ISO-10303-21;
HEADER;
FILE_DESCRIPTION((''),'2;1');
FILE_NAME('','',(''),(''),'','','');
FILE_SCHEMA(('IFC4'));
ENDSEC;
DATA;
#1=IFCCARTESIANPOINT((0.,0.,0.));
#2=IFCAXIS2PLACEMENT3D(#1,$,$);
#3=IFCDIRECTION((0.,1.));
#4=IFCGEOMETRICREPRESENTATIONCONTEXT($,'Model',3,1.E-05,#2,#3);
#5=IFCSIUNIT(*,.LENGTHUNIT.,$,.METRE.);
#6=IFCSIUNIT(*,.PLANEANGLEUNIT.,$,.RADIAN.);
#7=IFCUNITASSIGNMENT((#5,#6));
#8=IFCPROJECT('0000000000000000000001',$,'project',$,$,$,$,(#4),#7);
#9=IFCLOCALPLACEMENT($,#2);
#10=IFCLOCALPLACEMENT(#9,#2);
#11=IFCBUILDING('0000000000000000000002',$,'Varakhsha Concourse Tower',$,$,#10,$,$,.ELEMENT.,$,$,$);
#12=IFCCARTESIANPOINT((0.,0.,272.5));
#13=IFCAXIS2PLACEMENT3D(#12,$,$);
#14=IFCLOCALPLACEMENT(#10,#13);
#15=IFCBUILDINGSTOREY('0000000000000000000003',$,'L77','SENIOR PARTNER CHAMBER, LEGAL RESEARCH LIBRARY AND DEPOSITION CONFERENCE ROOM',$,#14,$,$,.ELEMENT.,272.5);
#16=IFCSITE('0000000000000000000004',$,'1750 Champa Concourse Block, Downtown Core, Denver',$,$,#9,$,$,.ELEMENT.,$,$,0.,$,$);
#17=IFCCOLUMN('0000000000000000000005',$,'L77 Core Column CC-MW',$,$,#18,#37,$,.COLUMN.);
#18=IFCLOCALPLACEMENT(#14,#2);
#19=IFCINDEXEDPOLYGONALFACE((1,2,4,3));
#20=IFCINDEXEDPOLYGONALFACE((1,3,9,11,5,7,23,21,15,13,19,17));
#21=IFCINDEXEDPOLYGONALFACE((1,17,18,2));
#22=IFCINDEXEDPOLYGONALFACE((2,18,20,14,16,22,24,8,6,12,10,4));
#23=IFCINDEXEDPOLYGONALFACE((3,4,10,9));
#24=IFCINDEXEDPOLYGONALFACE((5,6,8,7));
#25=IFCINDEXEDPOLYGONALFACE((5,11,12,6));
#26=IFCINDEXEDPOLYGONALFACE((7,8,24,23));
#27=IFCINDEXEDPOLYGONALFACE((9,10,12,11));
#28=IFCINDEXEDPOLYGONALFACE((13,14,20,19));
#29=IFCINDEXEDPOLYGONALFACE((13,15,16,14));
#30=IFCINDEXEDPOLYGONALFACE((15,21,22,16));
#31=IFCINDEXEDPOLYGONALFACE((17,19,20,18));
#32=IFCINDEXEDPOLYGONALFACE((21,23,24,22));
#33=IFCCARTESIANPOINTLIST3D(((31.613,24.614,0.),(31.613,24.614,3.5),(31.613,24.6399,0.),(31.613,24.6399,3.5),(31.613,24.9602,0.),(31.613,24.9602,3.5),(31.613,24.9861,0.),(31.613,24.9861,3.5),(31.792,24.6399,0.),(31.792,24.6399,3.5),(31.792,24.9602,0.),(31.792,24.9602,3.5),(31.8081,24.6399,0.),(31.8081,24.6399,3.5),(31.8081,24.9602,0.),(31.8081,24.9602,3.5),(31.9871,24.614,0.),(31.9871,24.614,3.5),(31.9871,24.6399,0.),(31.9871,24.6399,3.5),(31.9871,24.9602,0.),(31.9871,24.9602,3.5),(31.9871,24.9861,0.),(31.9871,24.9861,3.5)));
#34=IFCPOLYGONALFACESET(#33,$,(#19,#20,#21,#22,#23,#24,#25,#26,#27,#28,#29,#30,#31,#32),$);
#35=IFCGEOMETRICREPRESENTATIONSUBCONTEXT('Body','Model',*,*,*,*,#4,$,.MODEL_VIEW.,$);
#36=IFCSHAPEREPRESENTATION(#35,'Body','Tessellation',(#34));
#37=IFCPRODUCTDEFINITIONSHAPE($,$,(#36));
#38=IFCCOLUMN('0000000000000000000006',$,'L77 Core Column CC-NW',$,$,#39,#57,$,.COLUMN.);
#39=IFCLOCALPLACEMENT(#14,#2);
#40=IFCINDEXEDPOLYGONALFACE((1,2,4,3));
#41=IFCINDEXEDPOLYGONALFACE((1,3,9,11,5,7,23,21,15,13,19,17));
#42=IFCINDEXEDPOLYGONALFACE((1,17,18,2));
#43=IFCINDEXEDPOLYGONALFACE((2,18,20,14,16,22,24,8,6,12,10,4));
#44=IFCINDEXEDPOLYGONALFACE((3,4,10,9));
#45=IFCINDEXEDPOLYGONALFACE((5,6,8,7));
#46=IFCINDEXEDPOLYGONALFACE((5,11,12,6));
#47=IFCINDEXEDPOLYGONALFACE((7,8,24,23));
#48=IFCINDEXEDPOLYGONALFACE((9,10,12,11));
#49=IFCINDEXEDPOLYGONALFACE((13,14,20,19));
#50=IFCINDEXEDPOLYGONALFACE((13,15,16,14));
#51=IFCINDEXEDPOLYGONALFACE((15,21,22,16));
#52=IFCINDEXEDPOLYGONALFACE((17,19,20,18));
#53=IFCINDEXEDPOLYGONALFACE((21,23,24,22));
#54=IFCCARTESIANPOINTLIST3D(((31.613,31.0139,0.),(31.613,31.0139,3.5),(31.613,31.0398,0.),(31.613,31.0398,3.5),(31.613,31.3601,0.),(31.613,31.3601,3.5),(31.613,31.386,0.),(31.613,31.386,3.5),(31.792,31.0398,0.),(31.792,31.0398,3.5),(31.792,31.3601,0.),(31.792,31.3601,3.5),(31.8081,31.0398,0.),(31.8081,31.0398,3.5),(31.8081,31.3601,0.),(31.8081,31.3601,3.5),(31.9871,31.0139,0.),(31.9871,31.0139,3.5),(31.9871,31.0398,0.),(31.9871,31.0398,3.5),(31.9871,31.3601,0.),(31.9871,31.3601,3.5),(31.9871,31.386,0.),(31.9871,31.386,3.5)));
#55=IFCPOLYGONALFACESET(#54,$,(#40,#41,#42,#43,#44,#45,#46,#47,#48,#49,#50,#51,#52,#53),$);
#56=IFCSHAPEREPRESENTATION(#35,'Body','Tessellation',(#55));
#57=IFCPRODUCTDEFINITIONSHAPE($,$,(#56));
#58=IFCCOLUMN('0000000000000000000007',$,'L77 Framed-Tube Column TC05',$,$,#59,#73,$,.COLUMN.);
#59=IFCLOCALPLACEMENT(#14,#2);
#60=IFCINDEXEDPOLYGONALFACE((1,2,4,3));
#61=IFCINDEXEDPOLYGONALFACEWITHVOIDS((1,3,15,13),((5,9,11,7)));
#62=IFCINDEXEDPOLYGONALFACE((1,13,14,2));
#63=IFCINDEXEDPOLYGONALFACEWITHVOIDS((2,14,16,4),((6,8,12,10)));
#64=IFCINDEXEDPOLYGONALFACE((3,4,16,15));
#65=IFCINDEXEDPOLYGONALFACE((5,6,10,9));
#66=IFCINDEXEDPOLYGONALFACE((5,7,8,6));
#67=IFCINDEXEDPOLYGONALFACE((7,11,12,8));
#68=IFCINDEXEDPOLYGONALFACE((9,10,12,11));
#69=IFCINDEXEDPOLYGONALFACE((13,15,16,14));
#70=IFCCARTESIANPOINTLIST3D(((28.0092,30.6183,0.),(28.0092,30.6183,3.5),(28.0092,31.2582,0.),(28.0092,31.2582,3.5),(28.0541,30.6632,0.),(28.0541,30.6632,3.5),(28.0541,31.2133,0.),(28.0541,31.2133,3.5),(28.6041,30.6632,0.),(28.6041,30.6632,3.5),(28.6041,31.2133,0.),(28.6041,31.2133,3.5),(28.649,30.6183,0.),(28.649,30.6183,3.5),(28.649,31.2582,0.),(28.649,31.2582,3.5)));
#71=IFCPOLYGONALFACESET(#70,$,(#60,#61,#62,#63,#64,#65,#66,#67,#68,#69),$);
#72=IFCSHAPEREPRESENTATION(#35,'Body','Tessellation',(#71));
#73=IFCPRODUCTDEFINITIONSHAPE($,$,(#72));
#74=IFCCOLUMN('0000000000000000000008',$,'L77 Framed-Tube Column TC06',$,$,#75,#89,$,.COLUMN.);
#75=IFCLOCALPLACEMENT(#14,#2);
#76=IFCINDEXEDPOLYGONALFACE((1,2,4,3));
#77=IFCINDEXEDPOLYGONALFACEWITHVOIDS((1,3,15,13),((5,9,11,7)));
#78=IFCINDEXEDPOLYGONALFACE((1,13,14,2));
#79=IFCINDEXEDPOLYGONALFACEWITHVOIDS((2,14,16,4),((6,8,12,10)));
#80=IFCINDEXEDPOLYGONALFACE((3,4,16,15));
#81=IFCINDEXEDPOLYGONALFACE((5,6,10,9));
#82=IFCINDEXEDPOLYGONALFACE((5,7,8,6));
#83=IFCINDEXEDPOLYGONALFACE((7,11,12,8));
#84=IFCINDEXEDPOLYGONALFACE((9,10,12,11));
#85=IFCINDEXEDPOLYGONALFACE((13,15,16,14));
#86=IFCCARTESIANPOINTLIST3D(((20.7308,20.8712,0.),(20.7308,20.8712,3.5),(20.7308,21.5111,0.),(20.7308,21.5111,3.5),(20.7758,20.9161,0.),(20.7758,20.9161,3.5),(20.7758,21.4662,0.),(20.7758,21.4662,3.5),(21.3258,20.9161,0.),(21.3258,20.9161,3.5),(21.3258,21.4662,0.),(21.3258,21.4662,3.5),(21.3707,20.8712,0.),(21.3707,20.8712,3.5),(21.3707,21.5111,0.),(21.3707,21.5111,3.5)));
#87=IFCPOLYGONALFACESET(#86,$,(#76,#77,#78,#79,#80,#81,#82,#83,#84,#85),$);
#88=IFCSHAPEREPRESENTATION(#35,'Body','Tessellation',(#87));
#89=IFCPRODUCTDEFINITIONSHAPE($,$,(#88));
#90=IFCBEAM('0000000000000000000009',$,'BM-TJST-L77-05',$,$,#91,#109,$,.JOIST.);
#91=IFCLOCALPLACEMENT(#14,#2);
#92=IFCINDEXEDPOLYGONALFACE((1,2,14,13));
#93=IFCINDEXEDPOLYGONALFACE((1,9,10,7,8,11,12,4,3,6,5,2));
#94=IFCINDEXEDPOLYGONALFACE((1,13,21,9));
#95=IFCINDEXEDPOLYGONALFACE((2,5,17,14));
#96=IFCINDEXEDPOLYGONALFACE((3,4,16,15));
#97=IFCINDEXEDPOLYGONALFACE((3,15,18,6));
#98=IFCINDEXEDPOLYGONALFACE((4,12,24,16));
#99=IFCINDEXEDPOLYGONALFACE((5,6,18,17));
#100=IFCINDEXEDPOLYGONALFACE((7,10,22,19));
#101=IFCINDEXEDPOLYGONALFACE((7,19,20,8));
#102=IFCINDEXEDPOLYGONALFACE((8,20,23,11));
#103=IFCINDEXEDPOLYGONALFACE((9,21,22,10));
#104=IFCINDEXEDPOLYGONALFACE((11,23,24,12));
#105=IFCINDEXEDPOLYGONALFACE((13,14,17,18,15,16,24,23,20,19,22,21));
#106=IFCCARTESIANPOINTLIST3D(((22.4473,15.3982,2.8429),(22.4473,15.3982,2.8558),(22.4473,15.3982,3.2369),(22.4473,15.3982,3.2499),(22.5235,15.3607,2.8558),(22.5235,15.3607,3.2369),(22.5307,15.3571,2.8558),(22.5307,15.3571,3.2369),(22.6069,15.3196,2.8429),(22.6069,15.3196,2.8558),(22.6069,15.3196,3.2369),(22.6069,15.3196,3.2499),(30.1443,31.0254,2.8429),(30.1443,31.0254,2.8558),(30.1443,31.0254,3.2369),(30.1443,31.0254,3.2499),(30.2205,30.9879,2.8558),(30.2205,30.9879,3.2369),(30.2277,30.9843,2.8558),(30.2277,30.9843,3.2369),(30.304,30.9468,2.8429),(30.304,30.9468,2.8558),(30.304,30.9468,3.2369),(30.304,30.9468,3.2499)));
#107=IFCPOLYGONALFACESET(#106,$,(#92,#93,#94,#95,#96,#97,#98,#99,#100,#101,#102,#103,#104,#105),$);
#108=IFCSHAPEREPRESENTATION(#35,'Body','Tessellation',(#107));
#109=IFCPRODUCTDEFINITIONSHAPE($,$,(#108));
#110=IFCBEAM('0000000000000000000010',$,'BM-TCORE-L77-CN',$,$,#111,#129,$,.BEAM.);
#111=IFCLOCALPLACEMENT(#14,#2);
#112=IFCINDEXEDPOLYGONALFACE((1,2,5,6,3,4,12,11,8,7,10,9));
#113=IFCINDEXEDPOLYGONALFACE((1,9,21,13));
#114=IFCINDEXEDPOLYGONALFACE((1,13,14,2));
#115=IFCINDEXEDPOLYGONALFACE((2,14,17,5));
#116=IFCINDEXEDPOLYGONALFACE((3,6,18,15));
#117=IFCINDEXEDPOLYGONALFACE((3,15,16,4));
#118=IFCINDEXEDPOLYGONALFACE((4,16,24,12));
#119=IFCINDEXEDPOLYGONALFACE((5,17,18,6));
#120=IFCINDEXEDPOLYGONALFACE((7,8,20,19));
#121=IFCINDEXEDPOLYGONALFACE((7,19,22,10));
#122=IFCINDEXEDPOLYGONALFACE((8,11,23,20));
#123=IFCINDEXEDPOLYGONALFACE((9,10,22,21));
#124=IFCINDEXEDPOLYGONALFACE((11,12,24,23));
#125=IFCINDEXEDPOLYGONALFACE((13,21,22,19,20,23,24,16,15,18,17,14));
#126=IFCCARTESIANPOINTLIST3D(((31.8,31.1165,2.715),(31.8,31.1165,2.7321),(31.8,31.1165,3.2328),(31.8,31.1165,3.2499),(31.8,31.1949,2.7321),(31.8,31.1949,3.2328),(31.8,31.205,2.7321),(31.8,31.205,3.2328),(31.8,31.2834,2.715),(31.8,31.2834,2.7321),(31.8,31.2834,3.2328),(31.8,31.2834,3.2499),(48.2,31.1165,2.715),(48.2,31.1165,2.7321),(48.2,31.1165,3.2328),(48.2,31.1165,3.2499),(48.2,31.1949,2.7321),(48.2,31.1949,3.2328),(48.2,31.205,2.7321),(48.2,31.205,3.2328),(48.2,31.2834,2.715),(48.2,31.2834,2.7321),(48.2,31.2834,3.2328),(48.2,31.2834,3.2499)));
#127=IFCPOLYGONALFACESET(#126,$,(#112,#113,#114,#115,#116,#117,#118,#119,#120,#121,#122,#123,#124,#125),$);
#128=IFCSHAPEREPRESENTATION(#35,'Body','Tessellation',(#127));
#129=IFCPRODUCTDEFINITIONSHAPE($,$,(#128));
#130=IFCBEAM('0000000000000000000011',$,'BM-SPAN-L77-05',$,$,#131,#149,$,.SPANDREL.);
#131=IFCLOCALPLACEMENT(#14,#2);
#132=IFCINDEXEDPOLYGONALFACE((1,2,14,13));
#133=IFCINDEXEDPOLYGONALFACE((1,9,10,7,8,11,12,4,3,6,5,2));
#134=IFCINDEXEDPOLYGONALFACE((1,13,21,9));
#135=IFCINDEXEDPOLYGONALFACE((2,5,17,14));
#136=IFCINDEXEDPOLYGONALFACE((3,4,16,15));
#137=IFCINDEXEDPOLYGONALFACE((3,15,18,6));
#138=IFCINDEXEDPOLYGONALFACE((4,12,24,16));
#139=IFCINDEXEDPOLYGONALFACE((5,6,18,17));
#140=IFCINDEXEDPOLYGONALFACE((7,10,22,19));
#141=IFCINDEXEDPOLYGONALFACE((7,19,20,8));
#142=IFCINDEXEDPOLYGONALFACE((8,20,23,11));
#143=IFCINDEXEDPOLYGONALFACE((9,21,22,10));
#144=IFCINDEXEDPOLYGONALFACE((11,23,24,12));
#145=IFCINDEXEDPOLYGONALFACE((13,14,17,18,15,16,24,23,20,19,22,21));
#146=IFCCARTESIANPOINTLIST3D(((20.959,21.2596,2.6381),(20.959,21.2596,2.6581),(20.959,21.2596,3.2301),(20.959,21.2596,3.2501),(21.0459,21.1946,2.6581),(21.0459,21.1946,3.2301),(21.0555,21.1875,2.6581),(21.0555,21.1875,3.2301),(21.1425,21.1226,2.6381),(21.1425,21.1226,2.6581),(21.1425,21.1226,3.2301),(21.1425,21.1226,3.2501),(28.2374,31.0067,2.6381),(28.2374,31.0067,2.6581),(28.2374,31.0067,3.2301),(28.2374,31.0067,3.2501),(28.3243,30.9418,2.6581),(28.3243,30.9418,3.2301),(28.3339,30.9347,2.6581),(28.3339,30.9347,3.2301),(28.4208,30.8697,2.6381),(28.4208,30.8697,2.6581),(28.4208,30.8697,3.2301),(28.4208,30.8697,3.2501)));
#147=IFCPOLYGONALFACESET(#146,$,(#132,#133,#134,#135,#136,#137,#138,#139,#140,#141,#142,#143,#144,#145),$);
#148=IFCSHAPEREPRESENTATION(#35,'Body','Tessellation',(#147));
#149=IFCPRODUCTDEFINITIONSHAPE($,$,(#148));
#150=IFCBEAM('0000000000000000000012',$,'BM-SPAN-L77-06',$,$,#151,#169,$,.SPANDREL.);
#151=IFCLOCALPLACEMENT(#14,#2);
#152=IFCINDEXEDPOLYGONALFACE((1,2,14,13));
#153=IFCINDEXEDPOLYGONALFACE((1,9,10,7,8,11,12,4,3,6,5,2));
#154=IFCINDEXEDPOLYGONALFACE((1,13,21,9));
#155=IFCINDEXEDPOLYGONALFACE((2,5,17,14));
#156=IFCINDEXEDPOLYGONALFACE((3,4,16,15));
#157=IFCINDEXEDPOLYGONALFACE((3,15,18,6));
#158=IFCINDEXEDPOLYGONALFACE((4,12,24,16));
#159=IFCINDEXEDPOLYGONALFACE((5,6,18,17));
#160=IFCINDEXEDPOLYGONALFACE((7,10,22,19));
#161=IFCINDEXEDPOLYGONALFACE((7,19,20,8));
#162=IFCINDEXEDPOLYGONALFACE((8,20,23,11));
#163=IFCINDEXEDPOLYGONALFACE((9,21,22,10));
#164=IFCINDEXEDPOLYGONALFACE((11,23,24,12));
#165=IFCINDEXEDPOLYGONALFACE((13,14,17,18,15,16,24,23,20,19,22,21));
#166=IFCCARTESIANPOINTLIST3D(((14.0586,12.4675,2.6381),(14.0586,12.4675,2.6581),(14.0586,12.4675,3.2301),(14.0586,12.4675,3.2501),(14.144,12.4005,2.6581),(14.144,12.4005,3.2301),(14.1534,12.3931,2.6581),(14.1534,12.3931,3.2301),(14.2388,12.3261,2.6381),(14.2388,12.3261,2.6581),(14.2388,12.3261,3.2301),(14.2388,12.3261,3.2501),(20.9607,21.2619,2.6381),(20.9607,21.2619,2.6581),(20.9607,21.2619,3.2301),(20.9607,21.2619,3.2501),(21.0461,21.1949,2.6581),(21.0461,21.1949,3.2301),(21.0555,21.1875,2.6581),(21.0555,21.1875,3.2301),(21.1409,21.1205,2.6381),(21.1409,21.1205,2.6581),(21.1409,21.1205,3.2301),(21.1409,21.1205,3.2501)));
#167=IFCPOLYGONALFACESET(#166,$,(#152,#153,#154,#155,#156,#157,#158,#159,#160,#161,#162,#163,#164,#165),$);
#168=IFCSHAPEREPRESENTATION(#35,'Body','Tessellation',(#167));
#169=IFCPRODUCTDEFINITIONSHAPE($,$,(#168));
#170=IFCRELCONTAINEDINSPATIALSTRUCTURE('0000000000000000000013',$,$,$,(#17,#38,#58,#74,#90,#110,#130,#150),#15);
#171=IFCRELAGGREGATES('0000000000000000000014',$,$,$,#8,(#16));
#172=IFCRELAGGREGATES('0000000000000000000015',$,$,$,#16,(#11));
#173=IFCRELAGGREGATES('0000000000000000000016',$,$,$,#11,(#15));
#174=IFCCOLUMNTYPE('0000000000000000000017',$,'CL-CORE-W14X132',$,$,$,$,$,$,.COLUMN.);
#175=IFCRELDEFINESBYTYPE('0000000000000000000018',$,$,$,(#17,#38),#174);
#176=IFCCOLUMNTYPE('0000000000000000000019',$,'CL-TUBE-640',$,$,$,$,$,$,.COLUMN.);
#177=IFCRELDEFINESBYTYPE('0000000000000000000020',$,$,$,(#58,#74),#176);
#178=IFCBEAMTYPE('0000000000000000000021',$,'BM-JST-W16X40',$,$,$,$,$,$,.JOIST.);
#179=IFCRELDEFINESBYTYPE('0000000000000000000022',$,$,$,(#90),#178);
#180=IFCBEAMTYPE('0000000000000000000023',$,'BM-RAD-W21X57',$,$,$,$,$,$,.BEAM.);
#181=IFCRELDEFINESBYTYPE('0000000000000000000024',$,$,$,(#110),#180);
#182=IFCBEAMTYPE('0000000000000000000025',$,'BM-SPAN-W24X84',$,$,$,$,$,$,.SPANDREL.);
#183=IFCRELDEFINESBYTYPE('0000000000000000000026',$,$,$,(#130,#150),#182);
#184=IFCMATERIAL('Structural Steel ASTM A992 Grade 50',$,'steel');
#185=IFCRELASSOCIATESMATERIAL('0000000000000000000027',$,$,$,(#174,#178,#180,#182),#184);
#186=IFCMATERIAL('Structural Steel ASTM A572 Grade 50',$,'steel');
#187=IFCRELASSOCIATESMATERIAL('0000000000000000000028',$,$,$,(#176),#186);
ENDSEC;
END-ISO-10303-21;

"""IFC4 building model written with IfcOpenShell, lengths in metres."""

from ifc_helpers import new_model, si_unit, direction, frame, origin, origin_2d, place, context, subcontext, project, spatial, hollow_rectangle, i_section, extrude, material, material_profile, profile_set, type_object, element, save


model = new_model("IFC4")

# Units and contexts
model_context = context("Model", 3, precision=1e-05, world=origin(), true_north=direction((0.0, 1.0)))
body_context = subcontext(model_context, "Body", "Model", "MODEL_VIEW")
ifc_project = project(units=[si_unit("LENGTHUNIT", "METRE"), si_unit("PLANEANGLEUNIT", "RADIAN")], contexts=[model_context])

# Site, building, storey
site_placement = place(None, origin())
site = spatial("IfcSite", under=ifc_project, at=site_placement, Name="1750 Champa Concourse Block, Downtown Core, Denver", CompositionType="ELEMENT", RefElevation=0.0)
building_placement = place(site_placement, origin())
building = spatial("IfcBuilding", under=site, at=building_placement, Name="Varakhsha Concourse Tower", CompositionType="ELEMENT")
storey_placement = place(building_placement, frame((0.0, 0.0, 272.5)))
storey = spatial("IfcBuildingStorey", under=building, at=storey_placement, Name="L77", Description="SENIOR PARTNER CHAMBER, LEGAL RESEARCH LIBRARY AND DEPOSITION CONFERENCE ROOM", CompositionType="ELEMENT", Elevation=272.5)

# Columns
ifc_material_1 = material(Name="Structural Steel ASTM A992 Grade 50", Category="steel")
ifc_material_profile_1 = material_profile(ifc_material_1, i_section(OverallWidth=0.374, OverallDepth=0.3721, WebThickness=0.0161, FlangeThickness=0.0259, at=origin_2d()), Name="W14X132")
ifc_profile_set_1 = profile_set([ifc_material_profile_1], Name="Structural Steel ASTM A992 Grade 50")
column_type_1 = type_object("IfcColumnType", Name="CL-CORE-W14X132", PredefinedType="COLUMN", material=ifc_profile_set_1)
for number, where, z_axis, x_axis, name in (
    (1, (31.8, 24.8, 0.0), (0.0, 0.0, 1.0), (1.0, 0.0, 0.0), "L77 Core Column CC-MW"),
    (2, (31.8, 31.2, 0.0), (0.0, 0.0, 1.0), (1.0, 0.0, 0.0), "L77 Core Column CC-NW"),
):
    element("IfcColumn", number, at=place(storey_placement, frame(where, z_axis=z_axis, x_axis=x_axis)), inside=storey, type_object=column_type_1, Name=name, PredefinedType="COLUMN", context=body_context, shape_type="SweptSolid", body=[
        extrude(i_section(OverallWidth=0.374, OverallDepth=0.3721, WebThickness=0.0161, FlangeThickness=0.0259, at=origin_2d()), origin(), (0.0, 0.0, 1.0), 3.5),
    ])
ifc_material_2 = material(Name="Structural Steel ASTM A572 Grade 50", Category="steel")
ifc_material_profile_2 = material_profile(ifc_material_2, hollow_rectangle(XDim=0.6399, YDim=0.6399, WallThickness=0.0449, at=origin_2d()), Name="BOX 640x640x45")
ifc_profile_set_2 = profile_set([ifc_material_profile_2], Name="Structural Steel ASTM A572 Grade 50")
column_type_2 = type_object("IfcColumnType", Name="CL-TUBE-640", PredefinedType="COLUMN", material=ifc_profile_set_2)
for number, where, z_axis, x_axis, name in (
    (3, (28.3291, 30.9382, 0.0), (0.0, 0.0, 1.0), (1.0, 0.0, 0.0), "L77 Framed-Tube Column TC05"),
    (4, (21.0508, 21.1912, 0.0), (0.0, 0.0, 1.0), (1.0, 0.0, 0.0), "L77 Framed-Tube Column TC06"),
):
    element("IfcColumn", number, at=place(storey_placement, frame(where, z_axis=z_axis, x_axis=x_axis)), inside=storey, type_object=column_type_2, Name=name, PredefinedType="COLUMN", context=body_context, shape_type="SweptSolid", body=[
        extrude(hollow_rectangle(XDim=0.6399, YDim=0.6399, WallThickness=0.0449, at=origin_2d()), origin(), (0.0, 0.0, 1.0), 3.5),
    ])

# Beams
ifc_material_profile_3 = material_profile(ifc_material_1, i_section(OverallWidth=0.178, OverallDepth=0.407, WebThickness=0.0081, FlangeThickness=0.0129, at=origin_2d()), Name="W16X40")
ifc_profile_set_3 = profile_set([ifc_material_profile_3], Name="Structural Steel ASTM A992 Grade 50")
beam_type_1 = type_object("IfcBeamType", Name="BM-JST-W16X40", PredefinedType="JOIST", material=ifc_profile_set_3)
beam_1_placement = place(storey_placement, frame((30.2241, 30.9861, 3.0464), z_axis=(-0.441852, -0.897088, 0.0), x_axis=(0.897088, -0.441852, 0.0)))
element("IfcBeam", 5, at=beam_1_placement, inside=storey, type_object=beam_type_1, Name="BM-TJST-L77-05", PredefinedType="JOIST", context=body_context, shape_type="SweptSolid", body=[
    extrude(i_section(OverallWidth=0.178, OverallDepth=0.407, WebThickness=0.0081, FlangeThickness=0.0129, at=origin_2d()), origin(), (0.0, 0.0, 1.0), 17.4199),
])
ifc_material_profile_4 = material_profile(ifc_material_1, i_section(OverallWidth=0.167, OverallDepth=0.5349, WebThickness=0.01, FlangeThickness=0.0171, at=origin_2d()), Name="W21X57")
ifc_profile_set_4 = profile_set([ifc_material_profile_4], Name="Structural Steel ASTM A992 Grade 50")
beam_type_2 = type_object("IfcBeamType", Name="BM-RAD-W21X57", PredefinedType="BEAM", material=ifc_profile_set_4)
beam_2_placement = place(storey_placement, frame((31.8, 31.2, 2.9824), z_axis=(1.0, 0.0, 0.0), x_axis=(0.0, 1.0, 0.0)))
element("IfcBeam", 6, at=beam_2_placement, inside=storey, type_object=beam_type_2, Name="BM-TCORE-L77-CN", PredefinedType="BEAM", context=body_context, shape_type="SweptSolid", body=[
    extrude(i_section(OverallWidth=0.167, OverallDepth=0.5349, WebThickness=0.01, FlangeThickness=0.0171, at=origin_2d()), origin(), (0.0, 0.0, 1.0), 16.3999),
])
ifc_material_profile_5 = material_profile(ifc_material_1, i_section(OverallWidth=0.229, OverallDepth=0.6121, WebThickness=0.012, FlangeThickness=0.02, at=origin_2d()), Name="W24X84")
ifc_profile_set_5 = profile_set([ifc_material_profile_5], Name="Structural Steel ASTM A992 Grade 50")
beam_type_3 = type_object("IfcBeamType", Name="BM-SPAN-W24X84", PredefinedType="SPANDREL", material=ifc_profile_set_5)
beam_3_placement = place(storey_placement, frame((28.3291, 30.9382, 2.9441), z_axis=(-0.598316, -0.80126, 0.0), x_axis=(0.80126, -0.598316, 0.0)))
element("IfcBeam", 7, at=beam_3_placement, inside=storey, type_object=beam_type_3, Name="BM-SPAN-L77-05", PredefinedType="SPANDREL", context=body_context, shape_type="SweptSolid", body=[
    extrude(i_section(OverallWidth=0.229, OverallDepth=0.6121, WebThickness=0.012, FlangeThickness=0.02, at=origin_2d()), origin(), (0.0, 0.0, 1.0), 12.1648),
])
beam_4_placement = place(storey_placement, frame((21.0508, 21.1912, 2.9441), z_axis=(-0.617389, -0.786658, 0.0), x_axis=(0.786658, -0.617389, 0.0)))
element("IfcBeam", 8, at=beam_4_placement, inside=storey, type_object=beam_type_3, Name="BM-SPAN-L77-06", PredefinedType="SPANDREL", context=body_context, shape_type="SweptSolid", body=[
    extrude(i_section(OverallWidth=0.229, OverallDepth=0.6121, WebThickness=0.012, FlangeThickness=0.02, at=origin_2d()), origin(), (0.0, 0.0, 1.0), 11.1794),
])

save(model, "model.ifc")
